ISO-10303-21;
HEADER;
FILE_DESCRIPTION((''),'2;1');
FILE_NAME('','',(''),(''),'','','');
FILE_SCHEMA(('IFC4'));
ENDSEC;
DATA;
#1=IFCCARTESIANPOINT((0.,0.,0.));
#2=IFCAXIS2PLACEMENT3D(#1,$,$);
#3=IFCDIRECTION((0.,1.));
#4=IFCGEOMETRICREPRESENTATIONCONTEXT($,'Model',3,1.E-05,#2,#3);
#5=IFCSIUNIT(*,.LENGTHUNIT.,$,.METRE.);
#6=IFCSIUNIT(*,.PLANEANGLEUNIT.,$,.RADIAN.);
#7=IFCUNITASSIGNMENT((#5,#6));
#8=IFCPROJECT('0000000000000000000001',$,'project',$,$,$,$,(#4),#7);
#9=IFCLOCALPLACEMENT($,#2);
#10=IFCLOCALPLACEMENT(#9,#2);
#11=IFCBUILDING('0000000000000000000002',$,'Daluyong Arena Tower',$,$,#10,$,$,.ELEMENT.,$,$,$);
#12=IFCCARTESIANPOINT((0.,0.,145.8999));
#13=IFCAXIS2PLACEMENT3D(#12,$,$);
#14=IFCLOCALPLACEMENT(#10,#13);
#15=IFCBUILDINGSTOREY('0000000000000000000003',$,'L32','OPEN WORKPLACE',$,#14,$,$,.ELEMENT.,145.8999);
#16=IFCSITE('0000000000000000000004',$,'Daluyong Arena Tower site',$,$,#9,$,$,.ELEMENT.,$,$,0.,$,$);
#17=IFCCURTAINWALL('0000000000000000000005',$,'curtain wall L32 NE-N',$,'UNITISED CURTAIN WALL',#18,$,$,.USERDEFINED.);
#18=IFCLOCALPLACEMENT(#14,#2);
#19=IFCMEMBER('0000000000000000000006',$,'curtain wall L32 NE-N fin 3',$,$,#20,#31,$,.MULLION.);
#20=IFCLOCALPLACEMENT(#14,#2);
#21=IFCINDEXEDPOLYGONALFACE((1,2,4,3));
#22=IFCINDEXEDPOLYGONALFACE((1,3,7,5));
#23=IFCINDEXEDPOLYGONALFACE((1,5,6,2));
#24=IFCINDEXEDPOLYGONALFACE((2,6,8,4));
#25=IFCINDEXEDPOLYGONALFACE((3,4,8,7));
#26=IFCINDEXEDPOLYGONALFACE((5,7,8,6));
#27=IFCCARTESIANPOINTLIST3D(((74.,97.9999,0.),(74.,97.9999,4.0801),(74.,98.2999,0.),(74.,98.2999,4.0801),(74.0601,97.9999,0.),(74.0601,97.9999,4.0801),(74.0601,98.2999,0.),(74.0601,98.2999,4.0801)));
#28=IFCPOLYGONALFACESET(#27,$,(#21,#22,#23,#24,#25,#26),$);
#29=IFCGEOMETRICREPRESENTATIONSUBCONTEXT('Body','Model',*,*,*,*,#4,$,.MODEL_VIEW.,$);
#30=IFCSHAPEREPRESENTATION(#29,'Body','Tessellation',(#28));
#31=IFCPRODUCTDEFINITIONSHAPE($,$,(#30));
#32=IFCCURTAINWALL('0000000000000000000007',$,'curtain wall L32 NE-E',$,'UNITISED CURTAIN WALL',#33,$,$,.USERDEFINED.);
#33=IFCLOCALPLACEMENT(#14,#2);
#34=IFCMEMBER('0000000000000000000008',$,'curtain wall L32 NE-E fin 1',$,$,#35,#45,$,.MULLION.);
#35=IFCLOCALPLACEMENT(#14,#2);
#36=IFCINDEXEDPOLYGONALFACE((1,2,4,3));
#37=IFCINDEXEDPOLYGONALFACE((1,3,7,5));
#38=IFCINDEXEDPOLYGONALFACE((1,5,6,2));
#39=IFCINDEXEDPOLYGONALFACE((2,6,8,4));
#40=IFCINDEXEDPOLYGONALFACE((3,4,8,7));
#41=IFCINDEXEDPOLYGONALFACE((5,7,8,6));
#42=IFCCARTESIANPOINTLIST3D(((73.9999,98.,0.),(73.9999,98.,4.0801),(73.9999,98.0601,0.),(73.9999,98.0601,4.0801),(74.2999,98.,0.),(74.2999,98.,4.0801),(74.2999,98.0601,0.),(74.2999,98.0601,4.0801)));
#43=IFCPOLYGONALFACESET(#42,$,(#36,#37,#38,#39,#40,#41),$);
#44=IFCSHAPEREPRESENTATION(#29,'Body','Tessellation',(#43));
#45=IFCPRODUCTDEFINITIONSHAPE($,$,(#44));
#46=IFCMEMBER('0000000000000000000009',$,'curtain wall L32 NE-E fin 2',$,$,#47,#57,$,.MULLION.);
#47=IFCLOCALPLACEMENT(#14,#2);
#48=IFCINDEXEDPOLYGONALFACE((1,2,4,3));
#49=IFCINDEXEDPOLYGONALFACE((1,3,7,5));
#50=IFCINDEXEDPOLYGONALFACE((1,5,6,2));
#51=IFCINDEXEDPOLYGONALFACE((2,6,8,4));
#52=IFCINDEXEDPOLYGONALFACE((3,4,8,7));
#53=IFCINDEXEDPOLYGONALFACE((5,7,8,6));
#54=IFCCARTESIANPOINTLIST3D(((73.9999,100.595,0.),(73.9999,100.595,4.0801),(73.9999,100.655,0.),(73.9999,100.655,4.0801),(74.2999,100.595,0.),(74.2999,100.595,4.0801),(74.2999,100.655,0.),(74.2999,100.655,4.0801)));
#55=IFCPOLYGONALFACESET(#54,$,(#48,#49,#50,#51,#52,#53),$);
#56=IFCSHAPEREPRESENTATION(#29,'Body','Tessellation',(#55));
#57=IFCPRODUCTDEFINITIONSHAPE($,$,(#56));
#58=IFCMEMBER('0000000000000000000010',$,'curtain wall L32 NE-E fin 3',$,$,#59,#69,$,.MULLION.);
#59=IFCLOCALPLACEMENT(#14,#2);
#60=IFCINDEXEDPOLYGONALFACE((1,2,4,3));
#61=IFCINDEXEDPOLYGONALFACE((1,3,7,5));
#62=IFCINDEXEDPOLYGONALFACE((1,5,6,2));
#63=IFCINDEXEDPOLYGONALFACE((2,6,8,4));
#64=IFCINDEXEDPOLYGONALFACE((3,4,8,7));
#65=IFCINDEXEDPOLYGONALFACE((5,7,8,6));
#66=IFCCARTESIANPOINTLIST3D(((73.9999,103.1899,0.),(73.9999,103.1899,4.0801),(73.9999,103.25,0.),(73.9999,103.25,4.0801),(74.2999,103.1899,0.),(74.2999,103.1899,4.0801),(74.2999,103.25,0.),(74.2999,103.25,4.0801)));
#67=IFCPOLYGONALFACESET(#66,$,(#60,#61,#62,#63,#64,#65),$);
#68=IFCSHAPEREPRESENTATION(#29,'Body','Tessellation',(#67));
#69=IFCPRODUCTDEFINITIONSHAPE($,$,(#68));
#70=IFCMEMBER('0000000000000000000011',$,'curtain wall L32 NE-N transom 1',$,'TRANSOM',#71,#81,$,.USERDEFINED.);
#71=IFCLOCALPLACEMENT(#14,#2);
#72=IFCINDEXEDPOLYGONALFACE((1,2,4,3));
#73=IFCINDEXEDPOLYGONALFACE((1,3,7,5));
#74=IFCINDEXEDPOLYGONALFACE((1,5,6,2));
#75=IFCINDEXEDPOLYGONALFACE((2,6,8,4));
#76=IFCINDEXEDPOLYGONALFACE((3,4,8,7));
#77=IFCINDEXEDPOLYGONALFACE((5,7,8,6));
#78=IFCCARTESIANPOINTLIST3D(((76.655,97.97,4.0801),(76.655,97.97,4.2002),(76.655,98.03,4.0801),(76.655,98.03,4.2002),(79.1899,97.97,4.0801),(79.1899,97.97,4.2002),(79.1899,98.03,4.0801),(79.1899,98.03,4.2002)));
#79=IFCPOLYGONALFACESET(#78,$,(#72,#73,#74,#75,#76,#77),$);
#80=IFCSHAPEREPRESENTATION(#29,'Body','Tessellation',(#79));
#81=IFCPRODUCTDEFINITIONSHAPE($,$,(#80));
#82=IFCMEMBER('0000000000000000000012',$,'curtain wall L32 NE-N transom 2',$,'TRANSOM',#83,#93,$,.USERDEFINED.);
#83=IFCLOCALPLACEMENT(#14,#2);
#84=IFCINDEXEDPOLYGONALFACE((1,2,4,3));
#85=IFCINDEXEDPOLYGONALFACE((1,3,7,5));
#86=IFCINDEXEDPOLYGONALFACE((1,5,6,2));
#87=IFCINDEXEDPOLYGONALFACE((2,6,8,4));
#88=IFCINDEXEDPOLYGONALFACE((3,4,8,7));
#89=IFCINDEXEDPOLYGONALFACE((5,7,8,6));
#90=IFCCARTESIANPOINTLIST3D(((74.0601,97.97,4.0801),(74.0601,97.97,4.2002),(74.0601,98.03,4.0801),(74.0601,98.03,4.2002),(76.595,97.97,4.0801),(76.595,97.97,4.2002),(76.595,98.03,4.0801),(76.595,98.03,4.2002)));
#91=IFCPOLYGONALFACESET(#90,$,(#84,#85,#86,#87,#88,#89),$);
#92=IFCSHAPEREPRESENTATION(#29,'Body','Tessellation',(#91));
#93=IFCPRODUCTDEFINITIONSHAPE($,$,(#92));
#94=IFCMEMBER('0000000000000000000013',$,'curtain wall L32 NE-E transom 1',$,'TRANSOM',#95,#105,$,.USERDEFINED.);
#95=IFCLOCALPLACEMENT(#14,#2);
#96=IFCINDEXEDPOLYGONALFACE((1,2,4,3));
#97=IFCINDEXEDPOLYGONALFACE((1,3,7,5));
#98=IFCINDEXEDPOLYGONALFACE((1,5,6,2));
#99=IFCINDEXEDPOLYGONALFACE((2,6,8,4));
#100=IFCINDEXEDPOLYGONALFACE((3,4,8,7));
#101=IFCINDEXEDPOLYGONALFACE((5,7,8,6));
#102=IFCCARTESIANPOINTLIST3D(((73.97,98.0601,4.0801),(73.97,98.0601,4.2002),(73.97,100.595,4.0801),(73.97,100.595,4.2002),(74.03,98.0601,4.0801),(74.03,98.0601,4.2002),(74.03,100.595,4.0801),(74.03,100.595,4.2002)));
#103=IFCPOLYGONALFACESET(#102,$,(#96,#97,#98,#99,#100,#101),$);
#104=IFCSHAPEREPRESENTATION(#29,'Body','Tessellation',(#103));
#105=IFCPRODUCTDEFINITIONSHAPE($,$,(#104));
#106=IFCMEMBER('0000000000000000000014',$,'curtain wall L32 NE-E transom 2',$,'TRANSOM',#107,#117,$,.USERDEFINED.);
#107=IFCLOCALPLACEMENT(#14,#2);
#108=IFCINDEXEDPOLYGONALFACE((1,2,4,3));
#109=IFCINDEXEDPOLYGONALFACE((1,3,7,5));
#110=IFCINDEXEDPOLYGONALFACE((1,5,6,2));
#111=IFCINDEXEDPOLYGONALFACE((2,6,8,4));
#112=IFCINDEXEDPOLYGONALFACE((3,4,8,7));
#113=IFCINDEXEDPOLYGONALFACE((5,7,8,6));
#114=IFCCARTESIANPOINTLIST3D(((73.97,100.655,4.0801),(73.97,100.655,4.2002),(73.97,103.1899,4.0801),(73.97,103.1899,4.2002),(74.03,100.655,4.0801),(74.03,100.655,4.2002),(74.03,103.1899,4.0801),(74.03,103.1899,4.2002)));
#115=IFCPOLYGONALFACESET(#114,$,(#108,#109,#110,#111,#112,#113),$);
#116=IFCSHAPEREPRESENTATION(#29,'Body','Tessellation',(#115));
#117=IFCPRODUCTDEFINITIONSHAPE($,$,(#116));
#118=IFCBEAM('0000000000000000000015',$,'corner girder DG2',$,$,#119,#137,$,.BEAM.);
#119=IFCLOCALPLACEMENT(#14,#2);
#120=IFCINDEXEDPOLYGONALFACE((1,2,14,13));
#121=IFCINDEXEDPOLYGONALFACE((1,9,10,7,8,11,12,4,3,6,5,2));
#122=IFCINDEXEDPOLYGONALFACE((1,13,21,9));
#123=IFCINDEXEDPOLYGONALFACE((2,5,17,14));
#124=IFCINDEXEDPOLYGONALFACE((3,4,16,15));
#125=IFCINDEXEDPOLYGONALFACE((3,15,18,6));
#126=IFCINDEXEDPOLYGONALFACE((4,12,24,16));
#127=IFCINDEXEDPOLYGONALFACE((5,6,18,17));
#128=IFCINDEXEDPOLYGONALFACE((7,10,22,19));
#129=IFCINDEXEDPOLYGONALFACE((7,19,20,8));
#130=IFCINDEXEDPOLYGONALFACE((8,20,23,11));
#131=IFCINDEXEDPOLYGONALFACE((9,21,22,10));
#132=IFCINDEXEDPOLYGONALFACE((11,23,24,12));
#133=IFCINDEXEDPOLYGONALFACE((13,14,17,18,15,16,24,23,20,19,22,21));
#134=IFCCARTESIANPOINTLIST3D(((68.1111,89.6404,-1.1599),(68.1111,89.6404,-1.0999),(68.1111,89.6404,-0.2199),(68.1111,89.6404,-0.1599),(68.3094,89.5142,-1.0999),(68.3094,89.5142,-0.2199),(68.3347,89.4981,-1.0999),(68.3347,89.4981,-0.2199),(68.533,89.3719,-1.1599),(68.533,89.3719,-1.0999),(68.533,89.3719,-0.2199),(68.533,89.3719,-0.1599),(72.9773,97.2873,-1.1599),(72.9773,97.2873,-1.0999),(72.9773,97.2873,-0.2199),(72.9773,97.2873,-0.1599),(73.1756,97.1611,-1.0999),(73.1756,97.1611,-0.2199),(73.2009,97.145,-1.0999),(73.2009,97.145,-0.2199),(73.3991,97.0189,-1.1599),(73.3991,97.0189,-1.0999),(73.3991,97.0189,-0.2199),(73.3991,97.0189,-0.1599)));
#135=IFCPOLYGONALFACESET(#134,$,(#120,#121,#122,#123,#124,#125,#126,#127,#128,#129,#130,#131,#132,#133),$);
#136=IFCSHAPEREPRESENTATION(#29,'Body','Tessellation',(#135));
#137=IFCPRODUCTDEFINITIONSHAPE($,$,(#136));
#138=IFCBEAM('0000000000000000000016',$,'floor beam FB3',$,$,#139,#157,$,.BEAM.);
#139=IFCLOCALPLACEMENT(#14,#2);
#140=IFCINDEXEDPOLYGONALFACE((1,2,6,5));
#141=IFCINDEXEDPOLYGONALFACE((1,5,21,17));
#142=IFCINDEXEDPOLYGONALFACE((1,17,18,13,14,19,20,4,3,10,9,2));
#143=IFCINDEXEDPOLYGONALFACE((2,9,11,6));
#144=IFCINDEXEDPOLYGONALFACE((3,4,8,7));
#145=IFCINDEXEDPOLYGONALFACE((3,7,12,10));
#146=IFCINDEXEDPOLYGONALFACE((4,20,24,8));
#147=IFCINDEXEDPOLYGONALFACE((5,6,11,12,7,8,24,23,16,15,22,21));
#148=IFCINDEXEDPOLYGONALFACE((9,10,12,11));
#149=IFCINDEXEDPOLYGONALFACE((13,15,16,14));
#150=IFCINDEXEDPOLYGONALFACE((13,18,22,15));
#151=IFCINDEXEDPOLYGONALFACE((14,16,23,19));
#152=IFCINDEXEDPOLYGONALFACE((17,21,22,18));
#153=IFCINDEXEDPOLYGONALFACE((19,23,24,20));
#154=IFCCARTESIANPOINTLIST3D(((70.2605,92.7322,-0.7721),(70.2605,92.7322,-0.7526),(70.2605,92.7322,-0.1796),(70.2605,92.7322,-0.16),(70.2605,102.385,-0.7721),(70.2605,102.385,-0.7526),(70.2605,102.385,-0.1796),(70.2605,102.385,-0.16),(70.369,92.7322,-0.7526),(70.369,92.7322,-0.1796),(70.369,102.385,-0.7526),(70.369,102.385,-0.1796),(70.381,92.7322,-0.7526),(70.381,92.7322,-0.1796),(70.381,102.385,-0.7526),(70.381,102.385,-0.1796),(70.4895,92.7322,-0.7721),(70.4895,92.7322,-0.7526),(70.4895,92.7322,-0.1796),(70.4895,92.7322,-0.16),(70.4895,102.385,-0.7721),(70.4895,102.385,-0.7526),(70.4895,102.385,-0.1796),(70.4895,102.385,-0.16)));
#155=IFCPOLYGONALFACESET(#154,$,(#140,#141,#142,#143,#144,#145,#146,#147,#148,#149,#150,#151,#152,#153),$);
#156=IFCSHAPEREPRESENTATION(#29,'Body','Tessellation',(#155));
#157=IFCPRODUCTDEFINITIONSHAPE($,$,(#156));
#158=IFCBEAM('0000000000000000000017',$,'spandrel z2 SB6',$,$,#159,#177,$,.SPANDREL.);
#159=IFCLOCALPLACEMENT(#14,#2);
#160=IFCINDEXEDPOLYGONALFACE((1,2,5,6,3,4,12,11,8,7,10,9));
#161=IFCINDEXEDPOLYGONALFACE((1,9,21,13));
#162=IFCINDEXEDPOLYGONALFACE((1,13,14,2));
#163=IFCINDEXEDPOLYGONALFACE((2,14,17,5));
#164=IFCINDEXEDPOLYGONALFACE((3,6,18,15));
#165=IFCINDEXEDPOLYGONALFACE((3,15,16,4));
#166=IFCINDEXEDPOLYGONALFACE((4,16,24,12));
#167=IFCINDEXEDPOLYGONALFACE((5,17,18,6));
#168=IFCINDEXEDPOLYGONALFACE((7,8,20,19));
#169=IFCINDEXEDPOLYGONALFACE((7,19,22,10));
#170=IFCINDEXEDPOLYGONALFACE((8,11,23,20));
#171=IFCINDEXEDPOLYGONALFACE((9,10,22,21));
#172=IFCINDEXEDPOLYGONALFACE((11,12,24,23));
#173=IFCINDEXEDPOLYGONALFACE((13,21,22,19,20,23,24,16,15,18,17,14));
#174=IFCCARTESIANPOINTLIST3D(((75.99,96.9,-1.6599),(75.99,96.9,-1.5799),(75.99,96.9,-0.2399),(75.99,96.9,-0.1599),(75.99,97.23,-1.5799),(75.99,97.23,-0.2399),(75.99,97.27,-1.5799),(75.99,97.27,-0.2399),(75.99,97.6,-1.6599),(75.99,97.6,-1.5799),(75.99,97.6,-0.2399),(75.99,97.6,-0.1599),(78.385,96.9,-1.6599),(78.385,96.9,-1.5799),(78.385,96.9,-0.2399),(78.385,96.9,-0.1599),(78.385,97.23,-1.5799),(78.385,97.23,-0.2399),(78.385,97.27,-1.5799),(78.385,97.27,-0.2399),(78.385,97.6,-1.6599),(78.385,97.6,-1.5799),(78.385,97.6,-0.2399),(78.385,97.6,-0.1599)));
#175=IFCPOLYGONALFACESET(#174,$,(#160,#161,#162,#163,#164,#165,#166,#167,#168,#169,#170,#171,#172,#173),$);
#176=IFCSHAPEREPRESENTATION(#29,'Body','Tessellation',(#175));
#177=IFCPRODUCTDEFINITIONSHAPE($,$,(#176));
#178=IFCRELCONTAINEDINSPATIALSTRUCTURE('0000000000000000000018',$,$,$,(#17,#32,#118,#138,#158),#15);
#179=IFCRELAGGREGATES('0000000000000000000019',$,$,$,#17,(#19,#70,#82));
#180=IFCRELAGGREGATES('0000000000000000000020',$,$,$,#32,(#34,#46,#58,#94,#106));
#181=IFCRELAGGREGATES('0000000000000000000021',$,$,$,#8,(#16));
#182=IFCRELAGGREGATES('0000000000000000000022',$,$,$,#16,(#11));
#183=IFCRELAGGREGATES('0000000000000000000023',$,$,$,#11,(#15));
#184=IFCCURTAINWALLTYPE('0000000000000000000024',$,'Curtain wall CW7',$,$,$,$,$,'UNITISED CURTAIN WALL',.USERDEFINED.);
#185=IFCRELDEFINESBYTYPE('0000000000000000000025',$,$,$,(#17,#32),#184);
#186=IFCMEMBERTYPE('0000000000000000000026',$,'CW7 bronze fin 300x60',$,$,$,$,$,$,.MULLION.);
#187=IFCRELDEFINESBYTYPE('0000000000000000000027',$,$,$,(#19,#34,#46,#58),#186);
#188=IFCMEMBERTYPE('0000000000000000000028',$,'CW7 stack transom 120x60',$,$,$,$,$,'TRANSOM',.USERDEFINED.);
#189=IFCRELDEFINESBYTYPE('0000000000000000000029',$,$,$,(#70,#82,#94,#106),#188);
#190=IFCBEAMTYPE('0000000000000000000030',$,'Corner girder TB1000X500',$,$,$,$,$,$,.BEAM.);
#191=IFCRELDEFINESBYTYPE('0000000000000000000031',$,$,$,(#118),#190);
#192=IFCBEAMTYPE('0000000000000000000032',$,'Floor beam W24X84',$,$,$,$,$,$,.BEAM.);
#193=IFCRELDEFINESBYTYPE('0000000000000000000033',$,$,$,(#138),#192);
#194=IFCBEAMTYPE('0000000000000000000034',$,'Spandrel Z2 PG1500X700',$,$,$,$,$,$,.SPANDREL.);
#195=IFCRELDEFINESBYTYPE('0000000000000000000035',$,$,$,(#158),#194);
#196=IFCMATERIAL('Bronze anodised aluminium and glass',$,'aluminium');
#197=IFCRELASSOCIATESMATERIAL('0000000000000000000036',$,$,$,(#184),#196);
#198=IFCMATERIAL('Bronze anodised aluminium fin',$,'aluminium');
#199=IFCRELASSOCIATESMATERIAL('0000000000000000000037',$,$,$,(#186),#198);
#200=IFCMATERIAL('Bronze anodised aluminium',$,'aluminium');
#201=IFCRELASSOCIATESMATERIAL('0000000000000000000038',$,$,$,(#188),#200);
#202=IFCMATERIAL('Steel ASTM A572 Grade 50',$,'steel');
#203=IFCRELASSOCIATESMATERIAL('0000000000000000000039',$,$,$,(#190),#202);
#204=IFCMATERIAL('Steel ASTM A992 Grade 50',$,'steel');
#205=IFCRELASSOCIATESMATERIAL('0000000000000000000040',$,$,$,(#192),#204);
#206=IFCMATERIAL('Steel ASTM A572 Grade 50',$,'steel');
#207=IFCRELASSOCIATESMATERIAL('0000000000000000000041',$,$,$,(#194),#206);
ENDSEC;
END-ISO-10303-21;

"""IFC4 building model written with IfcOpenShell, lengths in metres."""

from ifc_helpers import new_model, si_unit, direction, frame, origin, origin_2d, place, context, subcontext, project, spatial, rectangle, i_section, extrude, material, material_profile, profile_set, type_object, element, aggregate, save


model = new_model("IFC4")

# Units and contexts
model_context = context("Model", 3, precision=1e-05, world=origin(), true_north=direction((0.0, 1.0)))
body_context = subcontext(model_context, "Body", "Model", "MODEL_VIEW")
ifc_project = project(units=[si_unit("LENGTHUNIT", "METRE"), si_unit("PLANEANGLEUNIT", "RADIAN")], contexts=[model_context])

# Site, building, storey
site_placement = place(None, origin())
site = spatial("IfcSite", under=ifc_project, at=site_placement, Name="Daluyong Arena Tower site", CompositionType="ELEMENT", RefElevation=0.0)
building_placement = place(site_placement, origin())
building = spatial("IfcBuilding", under=site, at=building_placement, Name="Daluyong Arena Tower", CompositionType="ELEMENT")
storey_placement = place(building_placement, frame((0.0, 0.0, 145.8999)))
storey = spatial("IfcBuildingStorey", under=building, at=storey_placement, Name="L32", Description="OPEN WORKPLACE", CompositionType="ELEMENT", Elevation=145.8999)

# Curtain walls, members
ifc_material_1 = material(Name="Bronze anodised aluminium and glass", Category="aluminium")
curtain_wall_type_1 = type_object("IfcCurtainWallType", Name="Curtain wall CW7", ElementType="UNITISED CURTAIN WALL", PredefinedType="USERDEFINED", material=ifc_material_1)
curtain_wall_1_placement = place(storey_placement, origin())
curtain_wall_1 = element("IfcCurtainWall", 1, at=curtain_wall_1_placement, inside=storey, type_object=curtain_wall_type_1, Name="curtain wall L32 NE-N", ObjectType="UNITISED CURTAIN WALL", PredefinedType="USERDEFINED")
ifc_material_2 = material(Name="Bronze anodised aluminium fin", Category="aluminium")
ifc_material_profile_1 = material_profile(ifc_material_2, rectangle(XDim=0.3, YDim=0.0601, at=origin_2d()))
ifc_profile_set_1 = profile_set([ifc_material_profile_1], Name="Bronze anodised aluminium fin")
member_type_1 = type_object("IfcMemberType", Name="CW7 bronze fin 300x60", PredefinedType="MULLION", material=ifc_profile_set_1)
member_1_placement = place(storey_placement, frame((74.03, 98.1499, 0.0), z_axis=(0.0, 0.0, 1.0), x_axis=(0.0, -1.0, 0.0)))
member_1 = element("IfcMember", 2, at=member_1_placement, type_object=member_type_1, Name="curtain wall L32 NE-N fin 3", PredefinedType="MULLION", context=body_context, shape_type="SweptSolid", body=[
    extrude(rectangle(XDim=0.3, YDim=0.0601, at=origin_2d()), origin(), (0.0, 0.0, 1.0), 4.0801),
])
curtain_wall_2_placement = place(storey_placement, origin())
curtain_wall_2 = element("IfcCurtainWall", 3, at=curtain_wall_2_placement, inside=storey, type_object=curtain_wall_type_1, Name="curtain wall L32 NE-E", ObjectType="UNITISED CURTAIN WALL", PredefinedType="USERDEFINED")
member_2_placement = place(storey_placement, frame((74.1499, 98.03, 0.0), z_axis=(0.0, 0.0, 1.0), x_axis=(-1.0, 0.0, 0.0)))
member_2 = element("IfcMember", 4, at=member_2_placement, type_object=member_type_1, Name="curtain wall L32 NE-E fin 1", PredefinedType="MULLION", context=body_context, shape_type="SweptSolid", body=[
    extrude(rectangle(XDim=0.3, YDim=0.0601, at=origin_2d()), origin(), (0.0, 0.0, 1.0), 4.0801),
])
member_3_placement = place(storey_placement, frame((74.1499, 100.625, 0.0), z_axis=(0.0, 0.0, 1.0), x_axis=(-1.0, 0.0, 0.0)))
member_3 = element("IfcMember", 5, at=member_3_placement, type_object=member_type_1, Name="curtain wall L32 NE-E fin 2", PredefinedType="MULLION", context=body_context, shape_type="SweptSolid", body=[
    extrude(rectangle(XDim=0.3, YDim=0.0601, at=origin_2d()), origin(), (0.0, 0.0, 1.0), 4.0801),
])
member_4_placement = place(storey_placement, frame((74.1499, 103.22, 0.0), z_axis=(0.0, 0.0, 1.0), x_axis=(-1.0, 0.0, 0.0)))
member_4 = element("IfcMember", 6, at=member_4_placement, type_object=member_type_1, Name="curtain wall L32 NE-E fin 3", PredefinedType="MULLION", context=body_context, shape_type="SweptSolid", body=[
    extrude(rectangle(XDim=0.3, YDim=0.0601, at=origin_2d()), origin(), (0.0, 0.0, 1.0), 4.0801),
])

# Members
ifc_material_3 = material(Name="Bronze anodised aluminium", Category="aluminium")
ifc_material_profile_2 = material_profile(ifc_material_3, rectangle(XDim=0.0601, YDim=0.1201, at=origin_2d()))
ifc_profile_set_2 = profile_set([ifc_material_profile_2], Name="Bronze anodised aluminium")
member_type_2 = type_object("IfcMemberType", Name="CW7 stack transom 120x60", ElementType="TRANSOM", PredefinedType="USERDEFINED", material=ifc_profile_set_2)
member_5_placement = place(storey_placement, frame((79.1899, 98.0, 4.1401), z_axis=(-1.0, 0.0, 0.0), x_axis=(0.0, -1.0, 0.0)))
member_5 = element("IfcMember", 7, at=member_5_placement, type_object=member_type_2, Name="curtain wall L32 NE-N transom 1", ObjectType="TRANSOM", PredefinedType="USERDEFINED", context=body_context, shape_type="SweptSolid", body=[
    extrude(rectangle(XDim=0.0601, YDim=0.1201, at=origin_2d()), origin(), (0.0, 0.0, 1.0), 2.5349),
])
member_6_placement = place(storey_placement, frame((76.595, 98.0, 4.1401), z_axis=(-1.0, 0.0, 0.0), x_axis=(0.0, -1.0, 0.0)))
member_6 = element("IfcMember", 8, at=member_6_placement, type_object=member_type_2, Name="curtain wall L32 NE-N transom 2", ObjectType="TRANSOM", PredefinedType="USERDEFINED", context=body_context, shape_type="SweptSolid", body=[
    extrude(rectangle(XDim=0.0601, YDim=0.1201, at=origin_2d()), origin(), (0.0, 0.0, 1.0), 2.5349),
])
member_7_placement = place(storey_placement, frame((74.0, 98.0601, 4.1401), z_axis=(0.0, 1.0, 0.0), x_axis=(-1.0, 0.0, 0.0)))
member_7 = element("IfcMember", 9, at=member_7_placement, type_object=member_type_2, Name="curtain wall L32 NE-E transom 1", ObjectType="TRANSOM", PredefinedType="USERDEFINED", context=body_context, shape_type="SweptSolid", body=[
    extrude(rectangle(XDim=0.0601, YDim=0.1201, at=origin_2d()), origin(), (0.0, 0.0, 1.0), 2.5349),
])
member_8_placement = place(storey_placement, frame((74.0, 100.655, 4.1401), z_axis=(0.0, 1.0, 0.0), x_axis=(-1.0, 0.0, 0.0)))
member_8 = element("IfcMember", 10, at=member_8_placement, type_object=member_type_2, Name="curtain wall L32 NE-E transom 2", ObjectType="TRANSOM", PredefinedType="USERDEFINED", context=body_context, shape_type="SweptSolid", body=[
    extrude(rectangle(XDim=0.0601, YDim=0.1201, at=origin_2d()), origin(), (0.0, 0.0, 1.0), 2.5349),
])

# Beams
ifc_material_4 = material(Name="Steel ASTM A572 Grade 50", Category="steel")
ifc_material_profile_3 = material_profile(ifc_material_4, i_section(OverallWidth=0.5, OverallDepth=1.0, WebThickness=0.03, FlangeThickness=0.06, at=origin_2d()))
ifc_profile_set_3 = profile_set([ifc_material_profile_3], Name="Steel ASTM A572 Grade 50")
beam_type_1 = type_object("IfcBeamType", Name="Corner girder TB1000X500", PredefinedType="BEAM", material=ifc_profile_set_3)
beam_1_placement = place(storey_placement, frame((73.1882, 97.1531, -0.6599), z_axis=(-0.536872, -0.843664, 0.0), x_axis=(0.843664, -0.536872, 0.0)))
element("IfcBeam", 11, at=beam_1_placement, inside=storey, type_object=beam_type_1, Name="corner girder DG2", PredefinedType="BEAM", context=body_context, shape_type="SweptSolid", body=[
    extrude(i_section(OverallWidth=0.5, OverallDepth=1.0, WebThickness=0.03, FlangeThickness=0.06, at=origin_2d()), origin(), (0.0, 0.0, 1.0), 9.064),
])
ifc_material_5 = material(Name="Steel ASTM A992 Grade 50", Category="steel")
ifc_material_profile_4 = material_profile(ifc_material_5, i_section(OverallWidth=0.229, OverallDepth=0.6121, WebThickness=0.012, FlangeThickness=0.0195, at=origin_2d()))
ifc_profile_set_4 = profile_set([ifc_material_profile_4], Name="Steel ASTM A992 Grade 50")
beam_type_2 = type_object("IfcBeamType", Name="Floor beam W24X84", PredefinedType="BEAM", material=ifc_profile_set_4)
beam_2_placement = place(storey_placement, frame((70.375, 102.385, -0.4661), z_axis=(0.0, -1.0, 0.0), x_axis=(1.0, 0.0, 0.0)))
element("IfcBeam", 12, at=beam_2_placement, inside=storey, type_object=beam_type_2, Name="floor beam FB3", PredefinedType="BEAM", context=body_context, shape_type="SweptSolid", body=[
    extrude(i_section(OverallWidth=0.229, OverallDepth=0.6121, WebThickness=0.012, FlangeThickness=0.0195, at=origin_2d()), origin(), (0.0, 0.0, 1.0), 9.6528),
])
ifc_material_6 = material(Name="Steel ASTM A572 Grade 50", Category="steel")
ifc_material_profile_5 = material_profile(ifc_material_6, i_section(OverallWidth=0.7, OverallDepth=1.5, WebThickness=0.04, FlangeThickness=0.08, at=origin_2d()))
ifc_profile_set_5 = profile_set([ifc_material_profile_5], Name="Steel ASTM A572 Grade 50")
beam_type_3 = type_object("IfcBeamType", Name="Spandrel Z2 PG1500X700", PredefinedType="SPANDREL", material=ifc_profile_set_5)
for number, where, z_axis, x_axis, name in (
    (13, (78.385, 97.25, -0.9099), (-1.0, 0.0, 0.0), (0.0, -1.0, 0.0), "spandrel z2 SB6"),
):
    element("IfcBeam", number, at=place(storey_placement, frame(where, z_axis=z_axis, x_axis=x_axis)), inside=storey, type_object=beam_type_3, Name=name, PredefinedType="SPANDREL", context=body_context, shape_type="SweptSolid", body=[
        extrude(i_section(OverallWidth=0.7, OverallDepth=1.5, WebThickness=0.04, FlangeThickness=0.08, at=origin_2d()), origin(), (0.0, 0.0, 1.0), 2.395),
    ])

aggregate(curtain_wall_1, [member_1, member_5, member_6])
aggregate(curtain_wall_2, [member_2, member_3, member_4, member_7, member_8])

save(model, "model.ifc")
